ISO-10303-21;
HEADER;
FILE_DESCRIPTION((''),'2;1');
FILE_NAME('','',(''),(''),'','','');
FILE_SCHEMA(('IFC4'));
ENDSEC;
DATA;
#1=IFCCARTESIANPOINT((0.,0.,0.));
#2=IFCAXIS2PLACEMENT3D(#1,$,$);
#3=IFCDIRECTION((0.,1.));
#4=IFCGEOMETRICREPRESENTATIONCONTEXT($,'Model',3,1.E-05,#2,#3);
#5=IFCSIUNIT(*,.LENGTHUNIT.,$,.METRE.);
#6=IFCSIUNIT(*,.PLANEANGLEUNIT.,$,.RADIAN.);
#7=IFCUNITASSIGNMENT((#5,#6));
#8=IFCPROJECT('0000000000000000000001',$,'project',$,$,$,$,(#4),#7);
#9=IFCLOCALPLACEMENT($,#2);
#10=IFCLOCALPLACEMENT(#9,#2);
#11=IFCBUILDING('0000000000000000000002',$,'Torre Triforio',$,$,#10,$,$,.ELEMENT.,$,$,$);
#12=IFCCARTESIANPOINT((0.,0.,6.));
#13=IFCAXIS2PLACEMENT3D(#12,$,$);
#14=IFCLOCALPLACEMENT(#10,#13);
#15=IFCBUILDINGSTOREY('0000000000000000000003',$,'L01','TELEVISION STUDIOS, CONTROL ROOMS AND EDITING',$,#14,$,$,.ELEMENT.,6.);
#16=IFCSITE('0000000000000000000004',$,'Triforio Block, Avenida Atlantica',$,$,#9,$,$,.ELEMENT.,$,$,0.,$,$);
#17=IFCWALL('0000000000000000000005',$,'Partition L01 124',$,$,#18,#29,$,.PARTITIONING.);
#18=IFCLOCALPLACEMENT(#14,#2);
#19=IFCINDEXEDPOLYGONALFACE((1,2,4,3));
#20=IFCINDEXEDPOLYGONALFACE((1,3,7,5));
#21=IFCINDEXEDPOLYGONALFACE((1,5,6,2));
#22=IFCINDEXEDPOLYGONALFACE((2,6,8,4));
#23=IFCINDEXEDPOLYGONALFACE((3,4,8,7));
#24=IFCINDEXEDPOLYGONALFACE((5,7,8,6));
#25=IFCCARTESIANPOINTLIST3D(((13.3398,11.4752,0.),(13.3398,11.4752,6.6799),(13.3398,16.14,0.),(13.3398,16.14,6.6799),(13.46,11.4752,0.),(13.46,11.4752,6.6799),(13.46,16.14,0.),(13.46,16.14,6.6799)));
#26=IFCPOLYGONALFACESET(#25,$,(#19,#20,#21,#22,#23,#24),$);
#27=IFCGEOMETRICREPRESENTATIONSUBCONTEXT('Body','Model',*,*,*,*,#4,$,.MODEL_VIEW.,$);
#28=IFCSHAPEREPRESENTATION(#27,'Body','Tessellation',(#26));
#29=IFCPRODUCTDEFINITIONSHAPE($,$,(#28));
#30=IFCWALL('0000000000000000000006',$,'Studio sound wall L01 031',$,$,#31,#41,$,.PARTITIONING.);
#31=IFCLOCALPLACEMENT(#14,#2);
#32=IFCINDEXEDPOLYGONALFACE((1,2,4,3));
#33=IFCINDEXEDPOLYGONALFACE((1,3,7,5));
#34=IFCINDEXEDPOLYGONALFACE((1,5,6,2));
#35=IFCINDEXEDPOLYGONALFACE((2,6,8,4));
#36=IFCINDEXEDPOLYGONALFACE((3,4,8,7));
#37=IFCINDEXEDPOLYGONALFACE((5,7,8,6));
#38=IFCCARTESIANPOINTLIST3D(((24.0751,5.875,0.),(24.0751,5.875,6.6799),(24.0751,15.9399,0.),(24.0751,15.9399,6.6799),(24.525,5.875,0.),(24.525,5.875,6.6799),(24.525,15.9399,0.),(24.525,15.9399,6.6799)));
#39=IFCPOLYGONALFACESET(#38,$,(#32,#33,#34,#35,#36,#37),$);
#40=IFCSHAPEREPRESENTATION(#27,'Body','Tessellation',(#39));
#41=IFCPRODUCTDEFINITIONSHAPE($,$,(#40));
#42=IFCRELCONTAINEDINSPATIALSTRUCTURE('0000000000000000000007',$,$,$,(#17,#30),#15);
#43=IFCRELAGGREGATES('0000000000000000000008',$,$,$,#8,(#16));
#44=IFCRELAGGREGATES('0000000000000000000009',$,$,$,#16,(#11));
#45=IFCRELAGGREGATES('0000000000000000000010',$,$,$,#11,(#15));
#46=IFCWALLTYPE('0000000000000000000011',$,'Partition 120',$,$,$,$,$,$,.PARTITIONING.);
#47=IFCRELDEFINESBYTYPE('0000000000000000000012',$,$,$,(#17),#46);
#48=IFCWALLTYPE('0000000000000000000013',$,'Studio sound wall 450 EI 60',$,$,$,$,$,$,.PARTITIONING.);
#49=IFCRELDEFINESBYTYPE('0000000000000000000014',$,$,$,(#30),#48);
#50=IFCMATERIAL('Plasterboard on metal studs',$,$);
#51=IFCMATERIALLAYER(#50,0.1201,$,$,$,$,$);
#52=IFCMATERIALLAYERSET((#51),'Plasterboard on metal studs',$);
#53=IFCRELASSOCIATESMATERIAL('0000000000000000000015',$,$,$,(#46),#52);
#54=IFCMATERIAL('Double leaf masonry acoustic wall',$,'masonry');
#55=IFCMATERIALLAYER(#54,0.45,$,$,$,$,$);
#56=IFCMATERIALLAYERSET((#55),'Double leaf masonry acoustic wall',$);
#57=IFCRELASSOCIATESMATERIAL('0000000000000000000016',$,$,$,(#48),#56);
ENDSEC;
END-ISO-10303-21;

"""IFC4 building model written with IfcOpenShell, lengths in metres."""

from ifc_helpers import new_model, si_unit, direction, frame, frame_2d, origin, place, context, subcontext, project, spatial, rectangle, extrude, material, layer, layer_set, type_object, element, save


model = new_model("IFC4")

# Units and contexts
model_context = context("Model", 3, precision=1e-05, world=origin(), true_north=direction((0.0, 1.0)))
body_context = subcontext(model_context, "Body", "Model", "MODEL_VIEW")
ifc_project = project(units=[si_unit("LENGTHUNIT", "METRE"), si_unit("PLANEANGLEUNIT", "RADIAN")], contexts=[model_context])

# Site, building, storey
site_placement = place(None, origin())
site = spatial("IfcSite", under=ifc_project, at=site_placement, Name="Triforio Block, Avenida Atlantica", CompositionType="ELEMENT", RefElevation=0.0)
building_placement = place(site_placement, origin())
building = spatial("IfcBuilding", under=site, at=building_placement, Name="Torre Triforio", CompositionType="ELEMENT")
storey_placement = place(building_placement, frame((0.0, 0.0, 6.0)))
storey = spatial("IfcBuildingStorey", under=building, at=storey_placement, Name="L01", Description="TELEVISION STUDIOS, CONTROL ROOMS AND EDITING", CompositionType="ELEMENT", Elevation=6.0)

# Shared definitions
ifc_material_1 = material(Name="Plasterboard on metal studs")

# Walls
ifc_layer_1 = layer(ifc_material_1, 0.1201)
ifc_layer_set_1 = layer_set([ifc_layer_1], Name="Plasterboard on metal studs")
wall_type_1 = type_object("IfcWallType", Name="Partition 120", PredefinedType="PARTITIONING", material=ifc_layer_set_1)
wall_1_placement = place(storey_placement, frame((13.3999, 11.4751, 0.0), z_axis=(0.0, 0.0, 1.0), x_axis=(0.0, 1.0, 0.0)))
element("IfcWall", 1, at=wall_1_placement, inside=storey, type_object=wall_type_1, Name="Partition L01 124", PredefinedType="PARTITIONING", context=body_context, shape_type="SweptSolid", body=[
    extrude(rectangle(XDim=4.6648, YDim=0.1201, at=frame_2d((2.3325, 0.0))), origin(), (0.0, 0.0, 1.0), 6.6799),
])
ifc_material_2 = material(Name="Double leaf masonry acoustic wall", Category="masonry")
ifc_layer_2 = layer(ifc_material_2, 0.45)
ifc_layer_set_2 = layer_set([ifc_layer_2], Name="Double leaf masonry acoustic wall")
wall_type_2 = type_object("IfcWallType", Name="Studio sound wall 450 EI 60", PredefinedType="PARTITIONING", material=ifc_layer_set_2)
wall_2_placement = place(storey_placement, frame((24.3, 5.875, 0.0), z_axis=(0.0, 0.0, 1.0), x_axis=(0.0, 1.0, 0.0)))
element("IfcWall", 2, at=wall_2_placement, inside=storey, type_object=wall_type_2, Name="Studio sound wall L01 031", PredefinedType="PARTITIONING", context=body_context, shape_type="SweptSolid", body=[
    extrude(rectangle(XDim=10.0649, YDim=0.45, at=frame_2d((5.0325, 0.0))), origin(), (0.0, 0.0, 1.0), 6.6799),
])

save(model, "model.ifc")
